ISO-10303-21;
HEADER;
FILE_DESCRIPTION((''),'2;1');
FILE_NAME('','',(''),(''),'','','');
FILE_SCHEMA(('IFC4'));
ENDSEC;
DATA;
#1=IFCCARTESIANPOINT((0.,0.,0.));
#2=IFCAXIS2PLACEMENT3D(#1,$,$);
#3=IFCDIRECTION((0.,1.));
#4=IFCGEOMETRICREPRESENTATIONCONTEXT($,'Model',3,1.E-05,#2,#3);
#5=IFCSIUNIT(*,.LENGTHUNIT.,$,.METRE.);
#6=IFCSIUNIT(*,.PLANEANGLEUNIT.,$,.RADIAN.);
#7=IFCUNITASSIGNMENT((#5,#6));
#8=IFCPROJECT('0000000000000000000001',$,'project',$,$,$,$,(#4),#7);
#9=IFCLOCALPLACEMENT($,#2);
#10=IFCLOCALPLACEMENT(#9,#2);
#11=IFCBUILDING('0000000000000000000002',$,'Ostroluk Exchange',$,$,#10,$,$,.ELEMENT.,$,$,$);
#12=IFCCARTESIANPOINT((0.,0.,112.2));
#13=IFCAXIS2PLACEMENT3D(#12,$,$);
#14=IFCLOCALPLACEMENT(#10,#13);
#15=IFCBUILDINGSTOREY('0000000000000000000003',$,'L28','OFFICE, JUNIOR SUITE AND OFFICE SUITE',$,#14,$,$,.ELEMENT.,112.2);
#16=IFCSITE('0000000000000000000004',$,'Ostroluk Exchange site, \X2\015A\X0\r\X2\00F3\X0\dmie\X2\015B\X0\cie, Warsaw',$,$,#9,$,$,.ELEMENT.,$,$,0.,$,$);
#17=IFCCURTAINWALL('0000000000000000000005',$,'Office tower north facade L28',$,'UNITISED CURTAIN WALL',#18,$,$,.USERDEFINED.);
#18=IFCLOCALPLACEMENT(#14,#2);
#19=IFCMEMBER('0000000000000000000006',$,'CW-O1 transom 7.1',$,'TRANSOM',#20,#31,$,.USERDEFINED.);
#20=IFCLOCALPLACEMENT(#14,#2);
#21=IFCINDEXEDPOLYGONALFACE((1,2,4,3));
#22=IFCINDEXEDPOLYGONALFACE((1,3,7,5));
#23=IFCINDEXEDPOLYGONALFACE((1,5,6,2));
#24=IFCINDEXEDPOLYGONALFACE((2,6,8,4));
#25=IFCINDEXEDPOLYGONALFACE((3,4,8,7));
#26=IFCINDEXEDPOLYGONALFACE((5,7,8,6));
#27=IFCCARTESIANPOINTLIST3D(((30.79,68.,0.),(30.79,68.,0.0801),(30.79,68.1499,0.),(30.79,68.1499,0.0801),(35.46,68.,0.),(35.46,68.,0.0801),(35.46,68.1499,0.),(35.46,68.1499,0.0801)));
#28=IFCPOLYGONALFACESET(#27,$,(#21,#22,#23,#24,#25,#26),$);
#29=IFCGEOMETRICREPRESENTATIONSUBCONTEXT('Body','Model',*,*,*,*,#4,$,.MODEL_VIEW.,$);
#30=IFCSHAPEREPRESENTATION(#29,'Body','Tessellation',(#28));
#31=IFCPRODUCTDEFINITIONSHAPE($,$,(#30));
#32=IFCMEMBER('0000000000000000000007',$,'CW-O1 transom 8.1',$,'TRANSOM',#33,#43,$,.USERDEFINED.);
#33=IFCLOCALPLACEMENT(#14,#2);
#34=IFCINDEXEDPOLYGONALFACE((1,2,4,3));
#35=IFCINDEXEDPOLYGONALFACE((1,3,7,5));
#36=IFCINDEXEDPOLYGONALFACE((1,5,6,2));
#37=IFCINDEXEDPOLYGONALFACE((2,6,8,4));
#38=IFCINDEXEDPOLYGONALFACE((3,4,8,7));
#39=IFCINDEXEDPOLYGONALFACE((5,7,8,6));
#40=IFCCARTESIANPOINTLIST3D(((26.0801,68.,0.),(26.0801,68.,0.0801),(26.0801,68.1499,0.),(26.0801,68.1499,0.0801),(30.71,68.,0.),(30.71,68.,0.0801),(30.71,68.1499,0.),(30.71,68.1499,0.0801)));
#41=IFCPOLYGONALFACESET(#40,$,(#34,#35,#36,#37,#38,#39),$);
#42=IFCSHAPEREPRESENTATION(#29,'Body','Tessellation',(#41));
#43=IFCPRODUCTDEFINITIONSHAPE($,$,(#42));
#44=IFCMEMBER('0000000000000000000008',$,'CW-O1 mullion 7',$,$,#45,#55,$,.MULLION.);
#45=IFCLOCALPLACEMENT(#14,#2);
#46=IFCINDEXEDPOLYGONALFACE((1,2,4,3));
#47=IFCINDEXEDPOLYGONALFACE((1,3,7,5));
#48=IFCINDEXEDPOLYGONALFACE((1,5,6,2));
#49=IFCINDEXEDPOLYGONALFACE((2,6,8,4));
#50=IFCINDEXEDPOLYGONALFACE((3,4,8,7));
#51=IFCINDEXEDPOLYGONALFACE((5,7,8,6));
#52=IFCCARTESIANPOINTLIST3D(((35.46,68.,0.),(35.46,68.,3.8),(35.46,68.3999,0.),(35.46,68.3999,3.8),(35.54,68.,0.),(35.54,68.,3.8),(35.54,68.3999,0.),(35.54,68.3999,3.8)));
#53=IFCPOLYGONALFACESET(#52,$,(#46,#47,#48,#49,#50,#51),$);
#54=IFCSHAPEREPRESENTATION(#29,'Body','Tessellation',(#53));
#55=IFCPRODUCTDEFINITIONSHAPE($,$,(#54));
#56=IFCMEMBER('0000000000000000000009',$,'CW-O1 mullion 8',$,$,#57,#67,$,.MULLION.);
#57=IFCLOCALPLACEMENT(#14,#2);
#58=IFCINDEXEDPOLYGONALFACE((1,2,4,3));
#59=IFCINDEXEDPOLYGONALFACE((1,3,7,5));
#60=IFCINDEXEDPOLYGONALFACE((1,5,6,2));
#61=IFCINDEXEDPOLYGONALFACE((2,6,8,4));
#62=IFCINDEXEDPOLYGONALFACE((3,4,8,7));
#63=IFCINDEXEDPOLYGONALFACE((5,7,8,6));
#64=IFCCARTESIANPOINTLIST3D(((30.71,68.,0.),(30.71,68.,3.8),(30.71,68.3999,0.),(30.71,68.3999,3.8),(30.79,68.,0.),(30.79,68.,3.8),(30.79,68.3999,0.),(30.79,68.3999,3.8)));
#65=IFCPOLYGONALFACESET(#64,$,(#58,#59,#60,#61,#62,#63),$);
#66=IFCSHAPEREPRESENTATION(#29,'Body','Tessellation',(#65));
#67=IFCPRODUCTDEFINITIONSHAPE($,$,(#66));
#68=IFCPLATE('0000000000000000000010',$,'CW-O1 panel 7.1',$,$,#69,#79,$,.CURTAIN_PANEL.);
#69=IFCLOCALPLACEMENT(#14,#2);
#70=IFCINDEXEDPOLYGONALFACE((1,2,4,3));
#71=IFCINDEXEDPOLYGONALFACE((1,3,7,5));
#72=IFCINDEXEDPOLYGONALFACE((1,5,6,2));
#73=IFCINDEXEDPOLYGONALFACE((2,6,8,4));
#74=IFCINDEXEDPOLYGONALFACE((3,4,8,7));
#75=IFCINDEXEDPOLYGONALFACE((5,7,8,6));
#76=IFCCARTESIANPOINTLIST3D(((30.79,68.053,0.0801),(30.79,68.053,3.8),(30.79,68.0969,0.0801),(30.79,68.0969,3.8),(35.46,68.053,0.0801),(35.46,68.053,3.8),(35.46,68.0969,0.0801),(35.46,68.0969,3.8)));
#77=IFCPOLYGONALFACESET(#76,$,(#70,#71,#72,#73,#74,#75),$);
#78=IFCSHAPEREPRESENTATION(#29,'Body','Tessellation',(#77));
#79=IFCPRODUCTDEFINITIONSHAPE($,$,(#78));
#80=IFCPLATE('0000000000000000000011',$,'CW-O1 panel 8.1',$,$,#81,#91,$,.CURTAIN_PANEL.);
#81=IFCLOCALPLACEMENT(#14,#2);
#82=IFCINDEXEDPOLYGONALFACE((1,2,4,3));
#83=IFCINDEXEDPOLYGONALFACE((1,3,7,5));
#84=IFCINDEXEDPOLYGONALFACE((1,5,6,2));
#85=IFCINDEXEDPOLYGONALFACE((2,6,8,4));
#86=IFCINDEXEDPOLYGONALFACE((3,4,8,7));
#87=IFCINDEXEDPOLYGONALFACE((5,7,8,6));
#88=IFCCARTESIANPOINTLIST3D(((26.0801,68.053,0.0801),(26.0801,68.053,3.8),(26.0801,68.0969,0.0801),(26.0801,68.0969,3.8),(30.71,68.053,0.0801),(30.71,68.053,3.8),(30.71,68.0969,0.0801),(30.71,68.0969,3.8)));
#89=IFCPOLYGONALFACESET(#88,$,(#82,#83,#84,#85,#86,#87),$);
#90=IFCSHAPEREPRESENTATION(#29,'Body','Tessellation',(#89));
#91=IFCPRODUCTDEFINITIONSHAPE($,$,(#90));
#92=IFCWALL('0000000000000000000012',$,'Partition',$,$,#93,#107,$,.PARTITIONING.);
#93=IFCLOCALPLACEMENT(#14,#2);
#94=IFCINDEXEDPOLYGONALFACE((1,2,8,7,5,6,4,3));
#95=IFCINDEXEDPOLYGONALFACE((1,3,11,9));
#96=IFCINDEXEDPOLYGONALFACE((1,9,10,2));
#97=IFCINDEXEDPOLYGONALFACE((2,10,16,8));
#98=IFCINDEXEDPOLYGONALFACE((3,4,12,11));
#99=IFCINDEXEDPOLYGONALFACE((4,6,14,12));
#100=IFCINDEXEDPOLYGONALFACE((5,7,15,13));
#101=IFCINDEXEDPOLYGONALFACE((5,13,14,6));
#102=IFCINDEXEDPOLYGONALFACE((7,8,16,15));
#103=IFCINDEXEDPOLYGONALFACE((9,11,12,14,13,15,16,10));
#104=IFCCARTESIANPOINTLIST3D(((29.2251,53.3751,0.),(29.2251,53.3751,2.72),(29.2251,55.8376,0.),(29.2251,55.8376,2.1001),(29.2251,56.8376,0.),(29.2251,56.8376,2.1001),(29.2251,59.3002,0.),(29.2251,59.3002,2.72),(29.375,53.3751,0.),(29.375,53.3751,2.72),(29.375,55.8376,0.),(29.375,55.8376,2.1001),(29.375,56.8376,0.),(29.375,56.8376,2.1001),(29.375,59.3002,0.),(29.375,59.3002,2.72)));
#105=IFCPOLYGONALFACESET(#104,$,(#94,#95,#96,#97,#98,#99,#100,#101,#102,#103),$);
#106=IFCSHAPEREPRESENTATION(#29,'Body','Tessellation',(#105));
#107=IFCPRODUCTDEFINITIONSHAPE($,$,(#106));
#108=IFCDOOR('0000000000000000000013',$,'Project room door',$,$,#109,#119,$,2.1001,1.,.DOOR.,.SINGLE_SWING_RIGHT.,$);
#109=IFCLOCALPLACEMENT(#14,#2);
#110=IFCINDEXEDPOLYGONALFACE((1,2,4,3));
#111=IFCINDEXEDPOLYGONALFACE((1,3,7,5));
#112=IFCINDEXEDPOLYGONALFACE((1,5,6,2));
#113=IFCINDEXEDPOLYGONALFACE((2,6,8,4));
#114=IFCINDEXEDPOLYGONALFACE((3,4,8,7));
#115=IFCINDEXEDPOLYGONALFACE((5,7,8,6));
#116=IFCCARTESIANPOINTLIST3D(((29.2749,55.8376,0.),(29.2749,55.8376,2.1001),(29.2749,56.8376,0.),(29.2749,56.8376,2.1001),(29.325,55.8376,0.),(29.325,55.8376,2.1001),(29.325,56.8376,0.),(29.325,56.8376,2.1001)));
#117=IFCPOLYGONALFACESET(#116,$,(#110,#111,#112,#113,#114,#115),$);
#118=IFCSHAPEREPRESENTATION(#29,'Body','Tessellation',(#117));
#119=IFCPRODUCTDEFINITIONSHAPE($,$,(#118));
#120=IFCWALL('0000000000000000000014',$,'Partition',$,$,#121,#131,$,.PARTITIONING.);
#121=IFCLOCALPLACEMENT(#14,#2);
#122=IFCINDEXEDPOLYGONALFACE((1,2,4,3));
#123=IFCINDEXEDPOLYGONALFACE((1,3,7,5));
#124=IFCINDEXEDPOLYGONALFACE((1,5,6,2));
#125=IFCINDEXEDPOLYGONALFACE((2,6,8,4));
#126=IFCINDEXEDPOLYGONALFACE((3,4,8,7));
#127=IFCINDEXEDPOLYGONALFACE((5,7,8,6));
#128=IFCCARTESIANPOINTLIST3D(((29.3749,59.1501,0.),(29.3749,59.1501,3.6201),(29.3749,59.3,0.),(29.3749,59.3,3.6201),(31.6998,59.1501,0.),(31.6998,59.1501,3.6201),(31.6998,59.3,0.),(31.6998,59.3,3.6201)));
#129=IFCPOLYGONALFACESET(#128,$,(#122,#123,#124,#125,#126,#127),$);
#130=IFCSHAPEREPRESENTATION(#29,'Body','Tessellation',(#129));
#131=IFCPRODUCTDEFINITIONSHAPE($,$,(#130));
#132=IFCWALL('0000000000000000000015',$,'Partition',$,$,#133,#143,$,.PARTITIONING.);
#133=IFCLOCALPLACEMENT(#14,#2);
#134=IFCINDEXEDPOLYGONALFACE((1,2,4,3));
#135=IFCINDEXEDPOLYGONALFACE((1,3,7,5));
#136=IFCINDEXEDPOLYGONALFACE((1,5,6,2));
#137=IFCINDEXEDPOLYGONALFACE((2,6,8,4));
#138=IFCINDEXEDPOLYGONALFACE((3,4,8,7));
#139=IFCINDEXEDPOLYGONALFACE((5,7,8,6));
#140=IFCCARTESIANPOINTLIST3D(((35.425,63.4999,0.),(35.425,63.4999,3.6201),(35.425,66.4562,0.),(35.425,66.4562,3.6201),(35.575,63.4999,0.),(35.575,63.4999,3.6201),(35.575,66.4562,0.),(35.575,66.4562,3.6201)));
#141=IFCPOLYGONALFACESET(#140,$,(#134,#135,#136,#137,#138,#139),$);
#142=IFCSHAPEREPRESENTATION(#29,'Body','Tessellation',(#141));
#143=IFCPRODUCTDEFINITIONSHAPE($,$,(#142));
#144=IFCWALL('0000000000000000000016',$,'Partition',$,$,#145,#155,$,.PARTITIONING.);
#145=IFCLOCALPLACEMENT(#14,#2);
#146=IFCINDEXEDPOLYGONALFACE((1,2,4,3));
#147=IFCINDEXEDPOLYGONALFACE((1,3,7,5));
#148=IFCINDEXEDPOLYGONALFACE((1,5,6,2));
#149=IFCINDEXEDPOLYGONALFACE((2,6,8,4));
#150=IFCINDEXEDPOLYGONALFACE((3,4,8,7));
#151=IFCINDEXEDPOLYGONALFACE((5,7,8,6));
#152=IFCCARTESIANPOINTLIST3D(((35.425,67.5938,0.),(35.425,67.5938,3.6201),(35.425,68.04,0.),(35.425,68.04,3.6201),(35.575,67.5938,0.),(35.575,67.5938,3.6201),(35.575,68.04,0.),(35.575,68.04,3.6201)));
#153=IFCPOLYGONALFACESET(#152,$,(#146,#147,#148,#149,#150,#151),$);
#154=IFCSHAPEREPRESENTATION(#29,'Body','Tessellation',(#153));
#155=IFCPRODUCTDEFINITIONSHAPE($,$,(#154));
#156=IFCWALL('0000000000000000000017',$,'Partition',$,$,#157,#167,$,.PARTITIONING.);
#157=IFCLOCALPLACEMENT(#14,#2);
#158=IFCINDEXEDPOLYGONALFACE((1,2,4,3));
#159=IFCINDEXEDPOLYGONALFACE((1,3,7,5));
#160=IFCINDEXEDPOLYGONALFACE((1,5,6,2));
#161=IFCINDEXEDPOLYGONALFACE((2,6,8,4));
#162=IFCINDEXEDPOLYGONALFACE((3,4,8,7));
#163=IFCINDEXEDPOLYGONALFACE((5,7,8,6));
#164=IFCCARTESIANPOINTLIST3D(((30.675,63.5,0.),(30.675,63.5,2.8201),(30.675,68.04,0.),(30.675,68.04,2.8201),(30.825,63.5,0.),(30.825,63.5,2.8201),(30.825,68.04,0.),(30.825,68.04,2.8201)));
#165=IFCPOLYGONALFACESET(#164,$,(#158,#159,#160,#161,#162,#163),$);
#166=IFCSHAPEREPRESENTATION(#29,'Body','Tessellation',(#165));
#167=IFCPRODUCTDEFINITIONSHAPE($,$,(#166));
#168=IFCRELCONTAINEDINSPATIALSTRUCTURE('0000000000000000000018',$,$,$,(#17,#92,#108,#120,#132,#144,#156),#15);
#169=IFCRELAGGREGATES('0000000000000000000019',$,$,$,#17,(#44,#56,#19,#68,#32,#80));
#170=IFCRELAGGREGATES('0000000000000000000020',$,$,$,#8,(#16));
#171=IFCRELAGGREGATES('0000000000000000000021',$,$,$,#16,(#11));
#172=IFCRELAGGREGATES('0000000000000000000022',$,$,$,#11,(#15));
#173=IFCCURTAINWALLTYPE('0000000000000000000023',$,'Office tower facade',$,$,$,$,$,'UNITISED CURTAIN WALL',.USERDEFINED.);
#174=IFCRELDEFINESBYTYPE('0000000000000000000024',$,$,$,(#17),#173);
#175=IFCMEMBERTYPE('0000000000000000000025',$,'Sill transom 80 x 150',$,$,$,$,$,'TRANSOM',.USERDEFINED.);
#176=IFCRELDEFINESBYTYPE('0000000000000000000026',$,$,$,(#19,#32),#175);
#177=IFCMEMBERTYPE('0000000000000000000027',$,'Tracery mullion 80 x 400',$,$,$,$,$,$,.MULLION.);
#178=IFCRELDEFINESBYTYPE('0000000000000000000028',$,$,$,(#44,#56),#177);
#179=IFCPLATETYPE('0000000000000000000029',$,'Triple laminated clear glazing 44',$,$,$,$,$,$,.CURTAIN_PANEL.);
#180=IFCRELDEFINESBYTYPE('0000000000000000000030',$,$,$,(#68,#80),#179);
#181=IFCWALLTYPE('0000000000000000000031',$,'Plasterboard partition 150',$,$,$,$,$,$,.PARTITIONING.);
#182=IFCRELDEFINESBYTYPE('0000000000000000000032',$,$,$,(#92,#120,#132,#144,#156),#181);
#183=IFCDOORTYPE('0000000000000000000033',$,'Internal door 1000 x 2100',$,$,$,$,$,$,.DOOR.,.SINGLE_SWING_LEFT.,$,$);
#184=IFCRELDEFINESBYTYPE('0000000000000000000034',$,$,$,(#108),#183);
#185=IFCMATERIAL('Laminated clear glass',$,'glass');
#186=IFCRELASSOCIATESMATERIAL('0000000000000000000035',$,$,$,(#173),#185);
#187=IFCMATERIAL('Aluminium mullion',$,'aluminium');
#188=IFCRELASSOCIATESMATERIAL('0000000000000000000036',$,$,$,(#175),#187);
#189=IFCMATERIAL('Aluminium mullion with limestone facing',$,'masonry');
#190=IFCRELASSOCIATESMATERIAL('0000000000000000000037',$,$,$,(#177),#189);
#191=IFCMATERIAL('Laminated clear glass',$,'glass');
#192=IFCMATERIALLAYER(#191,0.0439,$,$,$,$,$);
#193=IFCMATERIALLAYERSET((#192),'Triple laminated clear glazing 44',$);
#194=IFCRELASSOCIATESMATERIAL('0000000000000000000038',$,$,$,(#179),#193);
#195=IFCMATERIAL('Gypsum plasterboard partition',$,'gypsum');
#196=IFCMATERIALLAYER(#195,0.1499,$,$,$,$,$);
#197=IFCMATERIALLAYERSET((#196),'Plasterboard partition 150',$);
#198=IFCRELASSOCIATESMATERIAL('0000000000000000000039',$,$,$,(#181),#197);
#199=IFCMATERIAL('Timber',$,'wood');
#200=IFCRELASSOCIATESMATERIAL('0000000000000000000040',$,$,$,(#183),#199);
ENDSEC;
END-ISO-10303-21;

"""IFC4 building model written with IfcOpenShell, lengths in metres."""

from ifc_helpers import new_model, si_unit, direction, frame, frame_2d, origin, origin_2d, place, context, subcontext, project, spatial, rectangle, extrude, material, layer, layer_set, material_profile, profile_set, type_object, element, fill, aggregate, save


model = new_model("IFC4")

# Units and contexts
model_context = context("Model", 3, precision=1e-05, world=origin(), true_north=direction((0.0, 1.0)))
body_context = subcontext(model_context, "Body", "Model", "MODEL_VIEW")
ifc_project = project(units=[si_unit("LENGTHUNIT", "METRE"), si_unit("PLANEANGLEUNIT", "RADIAN")], contexts=[model_context])

# Site, building, storey
site_placement = place(None, origin())
site = spatial("IfcSite", under=ifc_project, at=site_placement, Name="Ostroluk Exchange site, Śródmieście, Warsaw", CompositionType="ELEMENT", RefElevation=0.0)
building_placement = place(site_placement, origin())
building = spatial("IfcBuilding", under=site, at=building_placement, Name="Ostroluk Exchange", CompositionType="ELEMENT")
storey_placement = place(building_placement, frame((0.0, 0.0, 112.2)))
storey = spatial("IfcBuildingStorey", under=building, at=storey_placement, Name="L28", Description="OFFICE, JUNIOR SUITE AND OFFICE SUITE", CompositionType="ELEMENT", Elevation=112.2)

# Curtain wall, members, plates
ifc_material_1 = material(Name="Laminated clear glass", Category="glass")
curtain_wall_type = type_object("IfcCurtainWallType", Name="Office tower facade", ElementType="UNITISED CURTAIN WALL", PredefinedType="USERDEFINED", material=ifc_material_1)
curtain_wall_placement = place(storey_placement, origin())
curtain_wall = element("IfcCurtainWall", 1, at=curtain_wall_placement, inside=storey, type_object=curtain_wall_type, Name="Office tower north facade L28", ObjectType="UNITISED CURTAIN WALL", PredefinedType="USERDEFINED")
ifc_material_2 = material(Name="Aluminium mullion", Category="aluminium")
ifc_material_profile_1 = material_profile(ifc_material_2, rectangle(XDim=0.1499, YDim=0.0801, at=origin_2d()), Name="Sill transom 80 x 150")
ifc_profile_set_1 = profile_set([ifc_material_profile_1], Name="Aluminium mullion")
member_type_1 = type_object("IfcMemberType", Name="Sill transom 80 x 150", ElementType="TRANSOM", PredefinedType="USERDEFINED", material=ifc_profile_set_1)
member_1_placement = place(storey_placement, frame((35.46, 68.075, 0.04), z_axis=(-1.0, 0.0, 0.0), x_axis=(0.0, -1.0, 0.0)))
member_1 = element("IfcMember", 2, at=member_1_placement, type_object=member_type_1, Name="CW-O1 transom 7.1", ObjectType="TRANSOM", PredefinedType="USERDEFINED", context=body_context, shape_type="SweptSolid", body=[
    extrude(rectangle(XDim=0.1499, YDim=0.0801, at=origin_2d()), origin(), (0.0, 0.0, 1.0), 4.6699),
])
member_2_placement = place(storey_placement, frame((30.71, 68.075, 0.04), z_axis=(-1.0, 0.0, 0.0), x_axis=(0.0, -1.0, 0.0)))
member_2 = element("IfcMember", 3, at=member_2_placement, type_object=member_type_1, Name="CW-O1 transom 8.1", ObjectType="TRANSOM", PredefinedType="USERDEFINED", context=body_context, shape_type="SweptSolid", body=[
    extrude(rectangle(XDim=0.1499, YDim=0.0801, at=origin_2d()), origin(), (0.0, 0.0, 1.0), 4.6299),
])
ifc_material_3 = material(Name="Aluminium mullion with limestone facing", Category="masonry")
ifc_material_profile_2 = material_profile(ifc_material_3, rectangle(XDim=0.3999, YDim=0.0801, at=origin_2d()), Name="Tracery mullion 80 x 400")
ifc_profile_set_2 = profile_set([ifc_material_profile_2], Name="Aluminium mullion with limestone facing")
member_type_2 = type_object("IfcMemberType", Name="Tracery mullion 80 x 400", PredefinedType="MULLION", material=ifc_profile_set_2)
member_3_placement = place(storey_placement, frame((35.5, 68.2, 0.0), z_axis=(0.0, 0.0, 1.0), x_axis=(0.0, -1.0, 0.0)))
member_3 = element("IfcMember", 4, at=member_3_placement, type_object=member_type_2, Name="CW-O1 mullion 7", PredefinedType="MULLION", context=body_context, shape_type="SweptSolid", body=[
    extrude(rectangle(XDim=0.3999, YDim=0.0801, at=origin_2d()), origin(), (0.0, 0.0, 1.0), 3.8),
])
member_4_placement = place(storey_placement, frame((30.75, 68.2, 0.0), z_axis=(0.0, 0.0, 1.0), x_axis=(0.0, -1.0, 0.0)))
member_4 = element("IfcMember", 5, at=member_4_placement, type_object=member_type_2, Name="CW-O1 mullion 8", PredefinedType="MULLION", context=body_context, shape_type="SweptSolid", body=[
    extrude(rectangle(XDim=0.3999, YDim=0.0801, at=origin_2d()), origin(), (0.0, 0.0, 1.0), 3.8),
])
ifc_material_4 = material(Name="Laminated clear glass", Category="glass")
ifc_layer_1 = layer(ifc_material_4, 0.0439)
ifc_layer_set_1 = layer_set([ifc_layer_1], Name="Triple laminated clear glazing 44")
plate_type = type_object("IfcPlateType", Name="Triple laminated clear glazing 44", PredefinedType="CURTAIN_PANEL", material=ifc_layer_set_1)
plate_1_placement = place(storey_placement, frame((33.125, 68.075, 0.0801), z_axis=(0.0, 0.0, 1.0), x_axis=(-1.0, 0.0, 0.0)))
plate_1 = element("IfcPlate", 6, at=plate_1_placement, type_object=plate_type, Name="CW-O1 panel 7.1", PredefinedType="CURTAIN_PANEL", context=body_context, shape_type="SweptSolid", body=[
    extrude(rectangle(XDim=4.6699, YDim=0.0439, at=origin_2d()), origin(), (0.0, 0.0, 1.0), 3.72),
])
plate_2_placement = place(storey_placement, frame((28.395, 68.075, 0.0801), z_axis=(0.0, 0.0, 1.0), x_axis=(-1.0, 0.0, 0.0)))
plate_2 = element("IfcPlate", 7, at=plate_2_placement, type_object=plate_type, Name="CW-O1 panel 8.1", PredefinedType="CURTAIN_PANEL", context=body_context, shape_type="SweptSolid", body=[
    extrude(rectangle(XDim=4.6299, YDim=0.0439, at=origin_2d()), origin(), (0.0, 0.0, 1.0), 3.72),
])
aggregate(curtain_wall, [member_3, member_4, member_1, plate_1, member_2, plate_2])

# Wall, opening, door
ifc_material_5 = material(Name="Gypsum plasterboard partition", Category="gypsum")
ifc_layer_2 = layer(ifc_material_5, 0.1499)
ifc_layer_set_2 = layer_set([ifc_layer_2], Name="Plasterboard partition 150")
wall_type = type_object("IfcWallType", Name="Plasterboard partition 150", PredefinedType="PARTITIONING", material=ifc_layer_set_2)
wall_1_placement = place(storey_placement, frame((29.3, 59.3, 0.0), z_axis=(0.0, 0.0, 1.0), x_axis=(0.0, -1.0, 0.0)))
wall_1 = element("IfcWall", 8, at=wall_1_placement, inside=storey, type_object=wall_type, Name="Partition", PredefinedType="PARTITIONING", context=body_context, shape_type="SweptSolid", body=[
    extrude(rectangle(XDim=5.925, YDim=0.1499, at=frame_2d((2.9624, 0.0))), origin(), (0.0, 0.0, 1.0), 2.72),
])
opening_1_placement = place(wall_1_placement, frame((2.4624, 0.0, 0.0)))
opening_1 = element("IfcOpeningElement", 9, at=opening_1_placement, cuts=wall_1, PredefinedType="OPENING", context=body_context, shape_type="SweptSolid", body=[
    extrude(rectangle(XDim=1.0, YDim=2.1001, at=frame_2d((0.5, 1.05))), frame((0.0, 0.085, 0.0), z_axis=(0.0, -1.0, 0.0), x_axis=(1.0, 0.0, 0.0)), (0.0, 0.0, 1.0), 0.1699),
])
ifc_material_6 = material(Name="Timber", Category="wood")
door_type_1 = type_object("IfcDoorType", Name="Internal door 1000 x 2100", OperationType="SINGLE_SWING_LEFT", PredefinedType="DOOR", material=ifc_material_6)
door_1_placement = place(opening_1_placement, origin())
door_1 = element("IfcDoor", 10, at=door_1_placement, inside=storey, type_object=door_type_1, Name="Project room door", OperationType="SINGLE_SWING_RIGHT", OverallHeight=2.1001, OverallWidth=1.0, PredefinedType="DOOR", context=body_context, shape_type="SweptSolid", body=[
    extrude(rectangle(XDim=1.0, YDim=2.1001, at=frame_2d((0.5, 1.05))), frame((0.0, 0.0249, 0.0), z_axis=(0.0, -1.0, 0.0), x_axis=(1.0, 0.0, 0.0)), (0.0, 0.0, 1.0), 0.05),
])
fill(opening_1, door_1)

# Walls
wall_2_placement = place(storey_placement, frame((31.7, 59.2251, 0.0), z_axis=(0.0, 0.0, 1.0), x_axis=(-1.0, 0.0, 0.0)))
element("IfcWall", 11, at=wall_2_placement, inside=storey, type_object=wall_type, Name="Partition", PredefinedType="PARTITIONING", context=body_context, shape_type="SweptSolid", body=[
    extrude(rectangle(XDim=2.325, YDim=0.1499, at=frame_2d((1.1626, 0.0))), origin(), (0.0, 0.0, 1.0), 3.6201),
])
wall_3_placement = place(storey_placement, frame((35.5, 63.5, 0.0), z_axis=(0.0, 0.0, 1.0), x_axis=(0.0, 1.0, 0.0)))
element("IfcWall", 12, at=wall_3_placement, inside=storey, type_object=wall_type, Name="Partition", PredefinedType="PARTITIONING", context=body_context, shape_type="SweptSolid", body=[
    extrude(rectangle(XDim=2.9563, YDim=0.1499, at=frame_2d((1.478, 0.0))), origin(), (0.0, 0.0, 1.0), 3.6201),
])
wall_4_placement = place(storey_placement, frame((35.5, 67.5938, 0.0), z_axis=(0.0, 0.0, 1.0), x_axis=(0.0, 1.0, 0.0)))
element("IfcWall", 13, at=wall_4_placement, inside=storey, type_object=wall_type, Name="Partition", PredefinedType="PARTITIONING", context=body_context, shape_type="SweptSolid", body=[
    extrude(rectangle(XDim=0.4463, YDim=0.1499, at=frame_2d((0.2231, 0.0))), origin(), (0.0, 0.0, 1.0), 3.6201),
])
wall_5_placement = place(storey_placement, frame((30.75, 63.5, 0.0), z_axis=(0.0, 0.0, 1.0), x_axis=(0.0, 1.0, 0.0)))
element("IfcWall", 14, at=wall_5_placement, inside=storey, type_object=wall_type, Name="Partition", PredefinedType="PARTITIONING", context=body_context, shape_type="SweptSolid", body=[
    extrude(rectangle(XDim=4.54, YDim=0.1499, at=frame_2d((2.27, 0.0))), origin(), (0.0, 0.0, 1.0), 2.8201),
])

save(model, "model.ifc")
